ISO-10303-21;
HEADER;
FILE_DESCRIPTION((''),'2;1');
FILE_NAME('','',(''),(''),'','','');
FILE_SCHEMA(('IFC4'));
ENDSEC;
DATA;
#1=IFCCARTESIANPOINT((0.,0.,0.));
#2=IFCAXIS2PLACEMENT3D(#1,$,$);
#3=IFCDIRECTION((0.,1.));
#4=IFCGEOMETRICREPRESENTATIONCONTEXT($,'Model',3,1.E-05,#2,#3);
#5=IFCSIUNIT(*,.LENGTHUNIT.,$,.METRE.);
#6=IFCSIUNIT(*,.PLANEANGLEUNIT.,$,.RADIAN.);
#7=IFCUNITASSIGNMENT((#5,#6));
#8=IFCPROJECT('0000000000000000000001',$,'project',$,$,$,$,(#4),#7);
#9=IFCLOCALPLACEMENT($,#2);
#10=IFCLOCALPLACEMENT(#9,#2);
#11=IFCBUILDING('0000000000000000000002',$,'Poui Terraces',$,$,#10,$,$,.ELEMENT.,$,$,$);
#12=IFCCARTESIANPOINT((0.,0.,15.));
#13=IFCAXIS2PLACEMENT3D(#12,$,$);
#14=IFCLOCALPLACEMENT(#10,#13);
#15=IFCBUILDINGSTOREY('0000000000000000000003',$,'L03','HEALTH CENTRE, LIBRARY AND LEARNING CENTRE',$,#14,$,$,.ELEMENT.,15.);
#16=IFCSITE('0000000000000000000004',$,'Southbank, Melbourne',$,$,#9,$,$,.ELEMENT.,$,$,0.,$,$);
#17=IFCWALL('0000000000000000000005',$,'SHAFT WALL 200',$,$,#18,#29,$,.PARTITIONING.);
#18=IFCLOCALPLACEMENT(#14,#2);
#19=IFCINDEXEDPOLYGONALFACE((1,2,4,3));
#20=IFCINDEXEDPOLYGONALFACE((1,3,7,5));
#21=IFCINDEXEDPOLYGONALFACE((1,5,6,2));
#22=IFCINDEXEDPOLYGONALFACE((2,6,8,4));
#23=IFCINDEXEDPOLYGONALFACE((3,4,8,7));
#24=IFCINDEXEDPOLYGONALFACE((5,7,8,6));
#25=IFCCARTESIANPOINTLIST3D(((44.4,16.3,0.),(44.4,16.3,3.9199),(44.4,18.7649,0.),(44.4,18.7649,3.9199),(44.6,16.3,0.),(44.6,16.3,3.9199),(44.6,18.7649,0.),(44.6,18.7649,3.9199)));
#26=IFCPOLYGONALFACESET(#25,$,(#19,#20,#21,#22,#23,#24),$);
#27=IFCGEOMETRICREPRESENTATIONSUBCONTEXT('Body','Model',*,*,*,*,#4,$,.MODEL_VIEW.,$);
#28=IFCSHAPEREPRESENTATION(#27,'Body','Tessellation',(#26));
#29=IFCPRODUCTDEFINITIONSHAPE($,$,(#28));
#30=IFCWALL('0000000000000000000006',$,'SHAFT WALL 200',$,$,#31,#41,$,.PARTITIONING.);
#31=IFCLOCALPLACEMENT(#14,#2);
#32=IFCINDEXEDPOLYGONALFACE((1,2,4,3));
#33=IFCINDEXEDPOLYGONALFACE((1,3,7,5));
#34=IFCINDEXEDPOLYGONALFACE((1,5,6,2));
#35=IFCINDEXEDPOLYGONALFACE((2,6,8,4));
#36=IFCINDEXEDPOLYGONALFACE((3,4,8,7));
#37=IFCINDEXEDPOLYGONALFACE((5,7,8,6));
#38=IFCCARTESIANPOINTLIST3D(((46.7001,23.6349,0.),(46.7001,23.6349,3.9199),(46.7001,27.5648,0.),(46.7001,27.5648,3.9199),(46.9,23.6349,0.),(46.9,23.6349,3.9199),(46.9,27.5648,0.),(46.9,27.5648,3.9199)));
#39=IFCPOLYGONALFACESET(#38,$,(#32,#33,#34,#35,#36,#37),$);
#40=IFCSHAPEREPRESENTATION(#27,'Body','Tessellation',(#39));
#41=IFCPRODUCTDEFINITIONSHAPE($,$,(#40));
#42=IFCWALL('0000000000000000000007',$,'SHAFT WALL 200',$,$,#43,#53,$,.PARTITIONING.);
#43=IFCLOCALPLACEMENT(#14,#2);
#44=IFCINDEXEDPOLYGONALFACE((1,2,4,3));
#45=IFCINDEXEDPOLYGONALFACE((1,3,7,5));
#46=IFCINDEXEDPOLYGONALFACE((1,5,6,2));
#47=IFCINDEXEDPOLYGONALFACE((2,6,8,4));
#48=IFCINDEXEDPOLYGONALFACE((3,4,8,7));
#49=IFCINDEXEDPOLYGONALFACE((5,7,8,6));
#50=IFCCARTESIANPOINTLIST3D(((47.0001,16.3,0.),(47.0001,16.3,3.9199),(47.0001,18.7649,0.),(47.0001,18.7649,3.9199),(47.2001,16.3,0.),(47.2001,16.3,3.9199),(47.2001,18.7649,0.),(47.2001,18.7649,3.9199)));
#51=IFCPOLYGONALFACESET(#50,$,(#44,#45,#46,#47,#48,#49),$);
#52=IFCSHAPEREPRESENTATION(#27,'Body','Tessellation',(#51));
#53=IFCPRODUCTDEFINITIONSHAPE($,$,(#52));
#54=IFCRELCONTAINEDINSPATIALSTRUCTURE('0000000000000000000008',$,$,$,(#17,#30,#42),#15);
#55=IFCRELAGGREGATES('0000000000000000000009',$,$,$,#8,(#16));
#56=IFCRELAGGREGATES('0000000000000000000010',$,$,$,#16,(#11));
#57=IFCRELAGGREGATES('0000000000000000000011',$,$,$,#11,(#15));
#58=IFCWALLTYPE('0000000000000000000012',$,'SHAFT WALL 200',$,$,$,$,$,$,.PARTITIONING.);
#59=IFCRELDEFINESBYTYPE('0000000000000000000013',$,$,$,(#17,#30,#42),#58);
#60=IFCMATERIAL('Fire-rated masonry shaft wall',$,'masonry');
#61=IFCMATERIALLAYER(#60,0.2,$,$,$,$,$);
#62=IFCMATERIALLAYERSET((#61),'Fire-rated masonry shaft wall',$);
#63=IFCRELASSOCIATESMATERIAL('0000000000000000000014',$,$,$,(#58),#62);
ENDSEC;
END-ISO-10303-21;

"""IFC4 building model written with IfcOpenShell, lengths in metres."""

from ifc_helpers import new_model, si_unit, direction, frame, frame_2d, origin, place, context, subcontext, project, spatial, rectangle, extrude, material, layer, layer_set, type_object, element, save


model = new_model("IFC4")

# Units and contexts
model_context = context("Model", 3, precision=1e-05, world=origin(), true_north=direction((0.0, 1.0)))
body_context = subcontext(model_context, "Body", "Model", "MODEL_VIEW")
ifc_project = project(units=[si_unit("LENGTHUNIT", "METRE"), si_unit("PLANEANGLEUNIT", "RADIAN")], contexts=[model_context])

# Site, building, storey
site_placement = place(None, origin())
site = spatial("IfcSite", under=ifc_project, at=site_placement, Name="Southbank, Melbourne", CompositionType="ELEMENT", RefElevation=0.0)
building_placement = place(site_placement, origin())
building = spatial("IfcBuilding", under=site, at=building_placement, Name="Poui Terraces", CompositionType="ELEMENT")
storey_placement = place(building_placement, frame((0.0, 0.0, 15.0)))
storey = spatial("IfcBuildingStorey", under=building, at=storey_placement, Name="L03", Description="HEALTH CENTRE, LIBRARY AND LEARNING CENTRE", CompositionType="ELEMENT", Elevation=15.0)

# Walls
ifc_material_1 = material(Name="Fire-rated masonry shaft wall", Category="masonry")
ifc_layer_1 = layer(ifc_material_1, 0.2)
ifc_layer_set_1 = layer_set([ifc_layer_1], Name="Fire-rated masonry shaft wall")
wall_type_1 = type_object("IfcWallType", Name="SHAFT WALL 200", PredefinedType="PARTITIONING", material=ifc_layer_set_1)
wall_1_placement = place(storey_placement, frame((44.5, 16.3, 0.0), z_axis=(0.0, 0.0, 1.0), x_axis=(0.0, 1.0, 0.0)))
element("IfcWall", 1, at=wall_1_placement, inside=storey, type_object=wall_type_1, Name="SHAFT WALL 200", PredefinedType="PARTITIONING", context=body_context, shape_type="SweptSolid", body=[
    extrude(rectangle(XDim=2.4648, YDim=0.2, at=frame_2d((1.2324, 0.0))), origin(), (0.0, 0.0, 1.0), 3.9199),
])
wall_2_placement = place(storey_placement, frame((46.8, 23.635, 0.0), z_axis=(0.0, 0.0, 1.0), x_axis=(0.0, 1.0, 0.0)))
element("IfcWall", 2, at=wall_2_placement, inside=storey, type_object=wall_type_1, Name="SHAFT WALL 200", PredefinedType="PARTITIONING", context=body_context, shape_type="SweptSolid", body=[
    extrude(rectangle(XDim=3.9299, YDim=0.2, at=frame_2d((1.9648, 0.0))), origin(), (0.0, 0.0, 1.0), 3.9199),
])
wall_3_placement = place(storey_placement, frame((47.1001, 16.3, 0.0), z_axis=(0.0, 0.0, 1.0), x_axis=(0.0, 1.0, 0.0)))
element("IfcWall", 3, at=wall_3_placement, inside=storey, type_object=wall_type_1, Name="SHAFT WALL 200", PredefinedType="PARTITIONING", context=body_context, shape_type="SweptSolid", body=[
    extrude(rectangle(XDim=2.4648, YDim=0.2, at=frame_2d((1.2324, 0.0))), origin(), (0.0, 0.0, 1.0), 3.9199),
])

save(model, "model.ifc")
